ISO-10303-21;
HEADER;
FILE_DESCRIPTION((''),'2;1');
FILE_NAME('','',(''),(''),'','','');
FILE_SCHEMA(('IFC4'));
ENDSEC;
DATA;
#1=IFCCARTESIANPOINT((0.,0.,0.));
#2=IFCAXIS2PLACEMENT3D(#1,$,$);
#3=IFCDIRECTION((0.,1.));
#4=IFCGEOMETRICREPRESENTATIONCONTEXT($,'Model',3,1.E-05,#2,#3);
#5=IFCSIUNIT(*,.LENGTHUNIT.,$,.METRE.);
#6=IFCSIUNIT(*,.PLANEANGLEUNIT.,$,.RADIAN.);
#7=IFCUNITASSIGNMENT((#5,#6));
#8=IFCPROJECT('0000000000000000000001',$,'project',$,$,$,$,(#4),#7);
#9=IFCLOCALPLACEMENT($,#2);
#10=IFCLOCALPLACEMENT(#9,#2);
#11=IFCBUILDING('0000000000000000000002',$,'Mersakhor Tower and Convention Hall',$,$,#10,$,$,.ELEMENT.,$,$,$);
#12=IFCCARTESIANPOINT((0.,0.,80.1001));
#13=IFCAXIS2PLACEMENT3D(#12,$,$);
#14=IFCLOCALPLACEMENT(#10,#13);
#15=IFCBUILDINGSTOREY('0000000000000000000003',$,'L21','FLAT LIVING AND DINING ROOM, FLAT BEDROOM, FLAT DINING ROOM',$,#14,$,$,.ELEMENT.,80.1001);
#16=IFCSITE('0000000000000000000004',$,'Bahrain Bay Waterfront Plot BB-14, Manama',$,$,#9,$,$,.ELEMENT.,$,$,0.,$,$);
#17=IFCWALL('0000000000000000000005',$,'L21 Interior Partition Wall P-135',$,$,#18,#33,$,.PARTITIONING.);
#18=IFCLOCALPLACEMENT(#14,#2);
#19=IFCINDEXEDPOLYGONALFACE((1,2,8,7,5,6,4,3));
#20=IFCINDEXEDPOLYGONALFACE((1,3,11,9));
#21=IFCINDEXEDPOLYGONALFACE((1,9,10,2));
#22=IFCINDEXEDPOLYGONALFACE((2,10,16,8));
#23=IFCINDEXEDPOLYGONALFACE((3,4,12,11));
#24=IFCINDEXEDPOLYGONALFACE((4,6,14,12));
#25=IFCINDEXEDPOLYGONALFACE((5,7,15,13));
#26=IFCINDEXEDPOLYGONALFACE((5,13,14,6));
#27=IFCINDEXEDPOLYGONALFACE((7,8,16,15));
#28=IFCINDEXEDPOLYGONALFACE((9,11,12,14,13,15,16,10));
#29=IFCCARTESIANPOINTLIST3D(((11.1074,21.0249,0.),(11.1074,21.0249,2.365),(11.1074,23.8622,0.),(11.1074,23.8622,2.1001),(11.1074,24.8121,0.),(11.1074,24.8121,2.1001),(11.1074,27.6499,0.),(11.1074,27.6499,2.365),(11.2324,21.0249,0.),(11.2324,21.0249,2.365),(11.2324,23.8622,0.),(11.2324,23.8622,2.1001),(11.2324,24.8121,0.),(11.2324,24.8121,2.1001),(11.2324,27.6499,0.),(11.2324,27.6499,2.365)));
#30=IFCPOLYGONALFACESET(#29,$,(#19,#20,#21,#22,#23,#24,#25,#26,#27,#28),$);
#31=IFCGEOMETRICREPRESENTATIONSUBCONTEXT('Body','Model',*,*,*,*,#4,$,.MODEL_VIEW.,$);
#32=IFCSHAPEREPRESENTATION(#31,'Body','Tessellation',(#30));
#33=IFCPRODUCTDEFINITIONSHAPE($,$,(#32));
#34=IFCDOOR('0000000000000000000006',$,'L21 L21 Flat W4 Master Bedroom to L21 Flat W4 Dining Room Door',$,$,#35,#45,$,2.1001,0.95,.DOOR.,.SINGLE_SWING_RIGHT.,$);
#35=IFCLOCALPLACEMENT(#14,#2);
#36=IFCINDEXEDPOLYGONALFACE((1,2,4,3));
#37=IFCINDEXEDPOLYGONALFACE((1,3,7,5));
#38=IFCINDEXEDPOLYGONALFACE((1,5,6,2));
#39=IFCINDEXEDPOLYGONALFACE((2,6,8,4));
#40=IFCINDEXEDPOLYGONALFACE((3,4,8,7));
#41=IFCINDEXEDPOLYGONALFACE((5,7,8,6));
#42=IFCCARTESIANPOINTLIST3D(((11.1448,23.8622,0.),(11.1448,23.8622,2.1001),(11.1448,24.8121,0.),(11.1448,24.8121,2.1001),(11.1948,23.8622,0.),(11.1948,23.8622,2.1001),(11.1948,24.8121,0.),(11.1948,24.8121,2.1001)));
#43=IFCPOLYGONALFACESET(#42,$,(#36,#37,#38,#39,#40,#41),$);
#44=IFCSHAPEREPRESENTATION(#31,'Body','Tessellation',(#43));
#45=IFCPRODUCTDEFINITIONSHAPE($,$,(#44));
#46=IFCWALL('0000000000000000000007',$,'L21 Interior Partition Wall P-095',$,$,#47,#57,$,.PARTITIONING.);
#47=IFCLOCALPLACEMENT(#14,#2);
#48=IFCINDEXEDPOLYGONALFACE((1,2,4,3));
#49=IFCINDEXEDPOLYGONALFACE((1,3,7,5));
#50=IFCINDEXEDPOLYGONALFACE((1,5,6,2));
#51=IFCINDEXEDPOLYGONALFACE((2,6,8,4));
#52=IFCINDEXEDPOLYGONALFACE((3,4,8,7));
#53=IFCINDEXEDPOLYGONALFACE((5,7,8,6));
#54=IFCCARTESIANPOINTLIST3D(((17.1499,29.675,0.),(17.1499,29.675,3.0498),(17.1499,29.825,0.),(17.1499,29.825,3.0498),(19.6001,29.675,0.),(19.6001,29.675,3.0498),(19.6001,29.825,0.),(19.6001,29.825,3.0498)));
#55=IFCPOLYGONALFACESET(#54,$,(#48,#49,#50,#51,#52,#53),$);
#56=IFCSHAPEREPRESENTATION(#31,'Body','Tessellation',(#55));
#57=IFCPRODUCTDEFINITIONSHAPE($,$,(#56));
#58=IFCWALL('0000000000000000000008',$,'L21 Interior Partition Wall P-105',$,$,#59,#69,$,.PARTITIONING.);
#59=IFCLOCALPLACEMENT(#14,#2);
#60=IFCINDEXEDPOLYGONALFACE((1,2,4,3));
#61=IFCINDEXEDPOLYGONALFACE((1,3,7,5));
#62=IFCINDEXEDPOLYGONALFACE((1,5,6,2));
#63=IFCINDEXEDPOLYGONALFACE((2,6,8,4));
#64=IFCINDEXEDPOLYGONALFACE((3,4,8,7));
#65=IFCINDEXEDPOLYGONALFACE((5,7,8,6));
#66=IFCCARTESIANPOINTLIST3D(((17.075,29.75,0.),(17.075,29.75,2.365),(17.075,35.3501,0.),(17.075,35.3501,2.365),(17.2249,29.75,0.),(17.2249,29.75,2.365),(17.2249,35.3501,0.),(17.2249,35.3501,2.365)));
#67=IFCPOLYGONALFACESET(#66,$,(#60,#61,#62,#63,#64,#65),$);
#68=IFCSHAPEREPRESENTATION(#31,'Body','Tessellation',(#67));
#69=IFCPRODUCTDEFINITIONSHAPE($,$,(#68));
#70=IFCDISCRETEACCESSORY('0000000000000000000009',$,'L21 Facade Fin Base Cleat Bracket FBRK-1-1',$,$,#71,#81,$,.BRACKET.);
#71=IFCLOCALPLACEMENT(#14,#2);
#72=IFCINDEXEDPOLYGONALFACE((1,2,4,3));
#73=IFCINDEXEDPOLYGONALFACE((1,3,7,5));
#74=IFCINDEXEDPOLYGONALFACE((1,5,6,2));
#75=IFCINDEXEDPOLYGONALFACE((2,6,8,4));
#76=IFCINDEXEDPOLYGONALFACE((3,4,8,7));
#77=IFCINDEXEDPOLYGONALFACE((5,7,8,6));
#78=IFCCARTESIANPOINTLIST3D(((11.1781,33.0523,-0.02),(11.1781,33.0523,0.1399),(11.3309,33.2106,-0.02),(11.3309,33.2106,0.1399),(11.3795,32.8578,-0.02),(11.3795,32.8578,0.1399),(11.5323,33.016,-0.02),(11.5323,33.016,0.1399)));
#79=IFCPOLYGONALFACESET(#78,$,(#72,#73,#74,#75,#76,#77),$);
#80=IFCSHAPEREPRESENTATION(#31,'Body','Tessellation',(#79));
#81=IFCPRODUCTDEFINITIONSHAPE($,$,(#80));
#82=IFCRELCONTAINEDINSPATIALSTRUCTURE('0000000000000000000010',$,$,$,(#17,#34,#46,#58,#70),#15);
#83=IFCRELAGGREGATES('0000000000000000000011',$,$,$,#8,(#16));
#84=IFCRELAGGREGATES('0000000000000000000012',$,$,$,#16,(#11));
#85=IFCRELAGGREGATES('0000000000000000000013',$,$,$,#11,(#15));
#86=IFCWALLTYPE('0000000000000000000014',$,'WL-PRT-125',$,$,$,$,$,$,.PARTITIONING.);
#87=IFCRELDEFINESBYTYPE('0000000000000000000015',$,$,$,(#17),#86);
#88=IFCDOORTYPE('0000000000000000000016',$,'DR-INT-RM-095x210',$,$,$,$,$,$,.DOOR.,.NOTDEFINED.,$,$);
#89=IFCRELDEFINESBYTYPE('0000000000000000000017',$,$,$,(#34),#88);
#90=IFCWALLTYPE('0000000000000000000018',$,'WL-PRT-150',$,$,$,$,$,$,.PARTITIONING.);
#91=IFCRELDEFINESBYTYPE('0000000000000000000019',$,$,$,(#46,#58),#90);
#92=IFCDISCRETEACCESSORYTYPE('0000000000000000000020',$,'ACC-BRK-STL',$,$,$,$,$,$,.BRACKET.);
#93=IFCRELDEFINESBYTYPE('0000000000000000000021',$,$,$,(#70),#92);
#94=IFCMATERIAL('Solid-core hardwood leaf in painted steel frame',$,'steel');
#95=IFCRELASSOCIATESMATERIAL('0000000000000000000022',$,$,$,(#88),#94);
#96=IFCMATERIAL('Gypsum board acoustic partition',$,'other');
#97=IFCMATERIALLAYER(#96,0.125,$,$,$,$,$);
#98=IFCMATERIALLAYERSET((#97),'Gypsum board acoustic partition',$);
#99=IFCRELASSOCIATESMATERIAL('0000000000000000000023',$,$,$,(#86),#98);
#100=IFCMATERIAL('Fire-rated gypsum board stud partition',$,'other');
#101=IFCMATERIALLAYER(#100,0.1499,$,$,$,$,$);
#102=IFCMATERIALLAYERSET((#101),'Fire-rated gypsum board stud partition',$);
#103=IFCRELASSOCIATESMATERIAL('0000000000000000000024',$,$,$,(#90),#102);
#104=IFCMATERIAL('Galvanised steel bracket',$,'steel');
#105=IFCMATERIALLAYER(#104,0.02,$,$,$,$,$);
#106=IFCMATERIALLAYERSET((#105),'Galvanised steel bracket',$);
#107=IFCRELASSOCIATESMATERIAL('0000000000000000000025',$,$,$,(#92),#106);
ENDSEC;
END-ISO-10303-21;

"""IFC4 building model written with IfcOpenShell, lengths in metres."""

from ifc_helpers import new_model, si_unit, direction, frame, frame_2d, origin, origin_2d, place, context, subcontext, project, spatial, rectangle, extrude, material, layer, layer_set, type_object, element, fill, save


model = new_model("IFC4")

# Units and contexts
model_context = context("Model", 3, precision=1e-05, world=origin(), true_north=direction((0.0, 1.0)))
body_context = subcontext(model_context, "Body", "Model", "MODEL_VIEW")
ifc_project = project(units=[si_unit("LENGTHUNIT", "METRE"), si_unit("PLANEANGLEUNIT", "RADIAN")], contexts=[model_context])

# Site, building, storey
site_placement = place(None, origin())
site = spatial("IfcSite", under=ifc_project, at=site_placement, Name="Bahrain Bay Waterfront Plot BB-14, Manama", CompositionType="ELEMENT", RefElevation=0.0)
building_placement = place(site_placement, origin())
building = spatial("IfcBuilding", under=site, at=building_placement, Name="Mersakhor Tower and Convention Hall", CompositionType="ELEMENT")
storey_placement = place(building_placement, frame((0.0, 0.0, 80.1001)))
storey = spatial("IfcBuildingStorey", under=building, at=storey_placement, Name="L21", Description="FLAT LIVING AND DINING ROOM, FLAT BEDROOM, FLAT DINING ROOM", CompositionType="ELEMENT", Elevation=80.1001)

# Wall, opening, door
ifc_material_1 = material(Name="Solid-core hardwood leaf in painted steel frame", Category="steel")
door_type_1 = type_object("IfcDoorType", Name="DR-INT-RM-095x210", OperationType="NOTDEFINED", PredefinedType="DOOR", material=ifc_material_1)
ifc_material_2 = material(Name="Gypsum board acoustic partition", Category="other")
ifc_layer_1 = layer(ifc_material_2, 0.125)
ifc_layer_set_1 = layer_set([ifc_layer_1], Name="Gypsum board acoustic partition")
wall_type_1 = type_object("IfcWallType", Name="WL-PRT-125", PredefinedType="PARTITIONING", material=ifc_layer_set_1)
wall_1_placement = place(storey_placement, frame((11.1699, 27.6499, 0.0), z_axis=(0.0, 0.0, 1.0), x_axis=(0.0, -1.0, 0.0)))
wall_1 = element("IfcWall", 1, at=wall_1_placement, inside=storey, type_object=wall_type_1, Name="L21 Interior Partition Wall P-135", PredefinedType="PARTITIONING", context=body_context, shape_type="SweptSolid", body=[
    extrude(rectangle(XDim=6.625, YDim=0.125, at=frame_2d((3.3125, 0.0))), origin(), (0.0, 0.0, 1.0), 2.365),
])
opening_1_placement = place(wall_1_placement, frame((2.8376, 0.0, 0.0)))
opening_1 = element("IfcOpeningElement", 2, at=opening_1_placement, cuts=wall_1, PredefinedType="OPENING", context=body_context, shape_type="SweptSolid", body=[
    extrude(rectangle(XDim=0.95, YDim=2.1001, at=frame_2d((0.4751, 1.05))), frame((0.0, 0.0725, 0.0), z_axis=(0.0, -1.0, 0.0), x_axis=(1.0, 0.0, 0.0)), (0.0, 0.0, 1.0), 0.145),
])
door_1_placement = place(opening_1_placement, origin())
door_1 = element("IfcDoor", 3, at=door_1_placement, inside=storey, type_object=door_type_1, Name="L21 L21 Flat W4 Master Bedroom to L21 Flat W4 Dining Room Door", OperationType="SINGLE_SWING_RIGHT", OverallHeight=2.1001, OverallWidth=0.95, PredefinedType="DOOR", context=body_context, shape_type="SweptSolid", body=[
    extrude(rectangle(XDim=0.95, YDim=2.1001, at=frame_2d((0.4751, 1.05))), frame((0.0, 0.0249, 0.0), z_axis=(0.0, -1.0, 0.0), x_axis=(1.0, 0.0, 0.0)), (0.0, 0.0, 1.0), 0.05),
])
fill(opening_1, door_1)

# Walls
ifc_material_3 = material(Name="Fire-rated gypsum board stud partition", Category="other")
ifc_layer_2 = layer(ifc_material_3, 0.1499)
ifc_layer_set_2 = layer_set([ifc_layer_2], Name="Fire-rated gypsum board stud partition")
wall_type_2 = type_object("IfcWallType", Name="WL-PRT-150", PredefinedType="PARTITIONING", material=ifc_layer_set_2)
wall_2_placement = place(storey_placement, frame((17.1499, 29.75, 0.0), z_axis=(0.0, 0.0, 1.0), x_axis=(1.0, 0.0, 0.0)))
element("IfcWall", 4, at=wall_2_placement, inside=storey, type_object=wall_type_2, Name="L21 Interior Partition Wall P-095", PredefinedType="PARTITIONING", context=body_context, shape_type="SweptSolid", body=[
    extrude(rectangle(XDim=2.4502, YDim=0.1499, at=frame_2d((1.2251, 0.0))), origin(), (0.0, 0.0, 1.0), 3.0498),
])
wall_3_placement = place(storey_placement, frame((17.1499, 29.75, 0.0), z_axis=(0.0, 0.0, 1.0), x_axis=(0.0, 1.0, 0.0)))
element("IfcWall", 5, at=wall_3_placement, inside=storey, type_object=wall_type_2, Name="L21 Interior Partition Wall P-105", PredefinedType="PARTITIONING", context=body_context, shape_type="SweptSolid", body=[
    extrude(rectangle(XDim=5.6001, YDim=0.1499, at=frame_2d((2.8, 0.0))), origin(), (0.0, 0.0, 1.0), 2.365),
])

# Discrete accessory
ifc_material_4 = material(Name="Galvanised steel bracket", Category="steel")
ifc_layer_3 = layer(ifc_material_4, 0.02)
ifc_layer_set_3 = layer_set([ifc_layer_3], Name="Galvanised steel bracket")
discrete_accessory_type = type_object("IfcDiscreteAccessoryType", Name="ACC-BRK-STL", PredefinedType="BRACKET", material=ifc_layer_set_3)
discrete_accessory_placement = place(storey_placement, frame((11.3552, 33.0342, -0.02), z_axis=(0.0, 0.0, 1.0), x_axis=(-0.71934, 0.694658, 0.0)))
element("IfcDiscreteAccessory", 6, at=discrete_accessory_placement, inside=storey, type_object=discrete_accessory_type, Name="L21 Facade Fin Base Cleat Bracket FBRK-1-1", PredefinedType="BRACKET", context=body_context, shape_type="SweptSolid", body=[
    extrude(rectangle(XDim=0.28, YDim=0.22, at=origin_2d()), origin(), (0.0, 0.0, 1.0), 0.1599),
])

save(model, "model.ifc")
